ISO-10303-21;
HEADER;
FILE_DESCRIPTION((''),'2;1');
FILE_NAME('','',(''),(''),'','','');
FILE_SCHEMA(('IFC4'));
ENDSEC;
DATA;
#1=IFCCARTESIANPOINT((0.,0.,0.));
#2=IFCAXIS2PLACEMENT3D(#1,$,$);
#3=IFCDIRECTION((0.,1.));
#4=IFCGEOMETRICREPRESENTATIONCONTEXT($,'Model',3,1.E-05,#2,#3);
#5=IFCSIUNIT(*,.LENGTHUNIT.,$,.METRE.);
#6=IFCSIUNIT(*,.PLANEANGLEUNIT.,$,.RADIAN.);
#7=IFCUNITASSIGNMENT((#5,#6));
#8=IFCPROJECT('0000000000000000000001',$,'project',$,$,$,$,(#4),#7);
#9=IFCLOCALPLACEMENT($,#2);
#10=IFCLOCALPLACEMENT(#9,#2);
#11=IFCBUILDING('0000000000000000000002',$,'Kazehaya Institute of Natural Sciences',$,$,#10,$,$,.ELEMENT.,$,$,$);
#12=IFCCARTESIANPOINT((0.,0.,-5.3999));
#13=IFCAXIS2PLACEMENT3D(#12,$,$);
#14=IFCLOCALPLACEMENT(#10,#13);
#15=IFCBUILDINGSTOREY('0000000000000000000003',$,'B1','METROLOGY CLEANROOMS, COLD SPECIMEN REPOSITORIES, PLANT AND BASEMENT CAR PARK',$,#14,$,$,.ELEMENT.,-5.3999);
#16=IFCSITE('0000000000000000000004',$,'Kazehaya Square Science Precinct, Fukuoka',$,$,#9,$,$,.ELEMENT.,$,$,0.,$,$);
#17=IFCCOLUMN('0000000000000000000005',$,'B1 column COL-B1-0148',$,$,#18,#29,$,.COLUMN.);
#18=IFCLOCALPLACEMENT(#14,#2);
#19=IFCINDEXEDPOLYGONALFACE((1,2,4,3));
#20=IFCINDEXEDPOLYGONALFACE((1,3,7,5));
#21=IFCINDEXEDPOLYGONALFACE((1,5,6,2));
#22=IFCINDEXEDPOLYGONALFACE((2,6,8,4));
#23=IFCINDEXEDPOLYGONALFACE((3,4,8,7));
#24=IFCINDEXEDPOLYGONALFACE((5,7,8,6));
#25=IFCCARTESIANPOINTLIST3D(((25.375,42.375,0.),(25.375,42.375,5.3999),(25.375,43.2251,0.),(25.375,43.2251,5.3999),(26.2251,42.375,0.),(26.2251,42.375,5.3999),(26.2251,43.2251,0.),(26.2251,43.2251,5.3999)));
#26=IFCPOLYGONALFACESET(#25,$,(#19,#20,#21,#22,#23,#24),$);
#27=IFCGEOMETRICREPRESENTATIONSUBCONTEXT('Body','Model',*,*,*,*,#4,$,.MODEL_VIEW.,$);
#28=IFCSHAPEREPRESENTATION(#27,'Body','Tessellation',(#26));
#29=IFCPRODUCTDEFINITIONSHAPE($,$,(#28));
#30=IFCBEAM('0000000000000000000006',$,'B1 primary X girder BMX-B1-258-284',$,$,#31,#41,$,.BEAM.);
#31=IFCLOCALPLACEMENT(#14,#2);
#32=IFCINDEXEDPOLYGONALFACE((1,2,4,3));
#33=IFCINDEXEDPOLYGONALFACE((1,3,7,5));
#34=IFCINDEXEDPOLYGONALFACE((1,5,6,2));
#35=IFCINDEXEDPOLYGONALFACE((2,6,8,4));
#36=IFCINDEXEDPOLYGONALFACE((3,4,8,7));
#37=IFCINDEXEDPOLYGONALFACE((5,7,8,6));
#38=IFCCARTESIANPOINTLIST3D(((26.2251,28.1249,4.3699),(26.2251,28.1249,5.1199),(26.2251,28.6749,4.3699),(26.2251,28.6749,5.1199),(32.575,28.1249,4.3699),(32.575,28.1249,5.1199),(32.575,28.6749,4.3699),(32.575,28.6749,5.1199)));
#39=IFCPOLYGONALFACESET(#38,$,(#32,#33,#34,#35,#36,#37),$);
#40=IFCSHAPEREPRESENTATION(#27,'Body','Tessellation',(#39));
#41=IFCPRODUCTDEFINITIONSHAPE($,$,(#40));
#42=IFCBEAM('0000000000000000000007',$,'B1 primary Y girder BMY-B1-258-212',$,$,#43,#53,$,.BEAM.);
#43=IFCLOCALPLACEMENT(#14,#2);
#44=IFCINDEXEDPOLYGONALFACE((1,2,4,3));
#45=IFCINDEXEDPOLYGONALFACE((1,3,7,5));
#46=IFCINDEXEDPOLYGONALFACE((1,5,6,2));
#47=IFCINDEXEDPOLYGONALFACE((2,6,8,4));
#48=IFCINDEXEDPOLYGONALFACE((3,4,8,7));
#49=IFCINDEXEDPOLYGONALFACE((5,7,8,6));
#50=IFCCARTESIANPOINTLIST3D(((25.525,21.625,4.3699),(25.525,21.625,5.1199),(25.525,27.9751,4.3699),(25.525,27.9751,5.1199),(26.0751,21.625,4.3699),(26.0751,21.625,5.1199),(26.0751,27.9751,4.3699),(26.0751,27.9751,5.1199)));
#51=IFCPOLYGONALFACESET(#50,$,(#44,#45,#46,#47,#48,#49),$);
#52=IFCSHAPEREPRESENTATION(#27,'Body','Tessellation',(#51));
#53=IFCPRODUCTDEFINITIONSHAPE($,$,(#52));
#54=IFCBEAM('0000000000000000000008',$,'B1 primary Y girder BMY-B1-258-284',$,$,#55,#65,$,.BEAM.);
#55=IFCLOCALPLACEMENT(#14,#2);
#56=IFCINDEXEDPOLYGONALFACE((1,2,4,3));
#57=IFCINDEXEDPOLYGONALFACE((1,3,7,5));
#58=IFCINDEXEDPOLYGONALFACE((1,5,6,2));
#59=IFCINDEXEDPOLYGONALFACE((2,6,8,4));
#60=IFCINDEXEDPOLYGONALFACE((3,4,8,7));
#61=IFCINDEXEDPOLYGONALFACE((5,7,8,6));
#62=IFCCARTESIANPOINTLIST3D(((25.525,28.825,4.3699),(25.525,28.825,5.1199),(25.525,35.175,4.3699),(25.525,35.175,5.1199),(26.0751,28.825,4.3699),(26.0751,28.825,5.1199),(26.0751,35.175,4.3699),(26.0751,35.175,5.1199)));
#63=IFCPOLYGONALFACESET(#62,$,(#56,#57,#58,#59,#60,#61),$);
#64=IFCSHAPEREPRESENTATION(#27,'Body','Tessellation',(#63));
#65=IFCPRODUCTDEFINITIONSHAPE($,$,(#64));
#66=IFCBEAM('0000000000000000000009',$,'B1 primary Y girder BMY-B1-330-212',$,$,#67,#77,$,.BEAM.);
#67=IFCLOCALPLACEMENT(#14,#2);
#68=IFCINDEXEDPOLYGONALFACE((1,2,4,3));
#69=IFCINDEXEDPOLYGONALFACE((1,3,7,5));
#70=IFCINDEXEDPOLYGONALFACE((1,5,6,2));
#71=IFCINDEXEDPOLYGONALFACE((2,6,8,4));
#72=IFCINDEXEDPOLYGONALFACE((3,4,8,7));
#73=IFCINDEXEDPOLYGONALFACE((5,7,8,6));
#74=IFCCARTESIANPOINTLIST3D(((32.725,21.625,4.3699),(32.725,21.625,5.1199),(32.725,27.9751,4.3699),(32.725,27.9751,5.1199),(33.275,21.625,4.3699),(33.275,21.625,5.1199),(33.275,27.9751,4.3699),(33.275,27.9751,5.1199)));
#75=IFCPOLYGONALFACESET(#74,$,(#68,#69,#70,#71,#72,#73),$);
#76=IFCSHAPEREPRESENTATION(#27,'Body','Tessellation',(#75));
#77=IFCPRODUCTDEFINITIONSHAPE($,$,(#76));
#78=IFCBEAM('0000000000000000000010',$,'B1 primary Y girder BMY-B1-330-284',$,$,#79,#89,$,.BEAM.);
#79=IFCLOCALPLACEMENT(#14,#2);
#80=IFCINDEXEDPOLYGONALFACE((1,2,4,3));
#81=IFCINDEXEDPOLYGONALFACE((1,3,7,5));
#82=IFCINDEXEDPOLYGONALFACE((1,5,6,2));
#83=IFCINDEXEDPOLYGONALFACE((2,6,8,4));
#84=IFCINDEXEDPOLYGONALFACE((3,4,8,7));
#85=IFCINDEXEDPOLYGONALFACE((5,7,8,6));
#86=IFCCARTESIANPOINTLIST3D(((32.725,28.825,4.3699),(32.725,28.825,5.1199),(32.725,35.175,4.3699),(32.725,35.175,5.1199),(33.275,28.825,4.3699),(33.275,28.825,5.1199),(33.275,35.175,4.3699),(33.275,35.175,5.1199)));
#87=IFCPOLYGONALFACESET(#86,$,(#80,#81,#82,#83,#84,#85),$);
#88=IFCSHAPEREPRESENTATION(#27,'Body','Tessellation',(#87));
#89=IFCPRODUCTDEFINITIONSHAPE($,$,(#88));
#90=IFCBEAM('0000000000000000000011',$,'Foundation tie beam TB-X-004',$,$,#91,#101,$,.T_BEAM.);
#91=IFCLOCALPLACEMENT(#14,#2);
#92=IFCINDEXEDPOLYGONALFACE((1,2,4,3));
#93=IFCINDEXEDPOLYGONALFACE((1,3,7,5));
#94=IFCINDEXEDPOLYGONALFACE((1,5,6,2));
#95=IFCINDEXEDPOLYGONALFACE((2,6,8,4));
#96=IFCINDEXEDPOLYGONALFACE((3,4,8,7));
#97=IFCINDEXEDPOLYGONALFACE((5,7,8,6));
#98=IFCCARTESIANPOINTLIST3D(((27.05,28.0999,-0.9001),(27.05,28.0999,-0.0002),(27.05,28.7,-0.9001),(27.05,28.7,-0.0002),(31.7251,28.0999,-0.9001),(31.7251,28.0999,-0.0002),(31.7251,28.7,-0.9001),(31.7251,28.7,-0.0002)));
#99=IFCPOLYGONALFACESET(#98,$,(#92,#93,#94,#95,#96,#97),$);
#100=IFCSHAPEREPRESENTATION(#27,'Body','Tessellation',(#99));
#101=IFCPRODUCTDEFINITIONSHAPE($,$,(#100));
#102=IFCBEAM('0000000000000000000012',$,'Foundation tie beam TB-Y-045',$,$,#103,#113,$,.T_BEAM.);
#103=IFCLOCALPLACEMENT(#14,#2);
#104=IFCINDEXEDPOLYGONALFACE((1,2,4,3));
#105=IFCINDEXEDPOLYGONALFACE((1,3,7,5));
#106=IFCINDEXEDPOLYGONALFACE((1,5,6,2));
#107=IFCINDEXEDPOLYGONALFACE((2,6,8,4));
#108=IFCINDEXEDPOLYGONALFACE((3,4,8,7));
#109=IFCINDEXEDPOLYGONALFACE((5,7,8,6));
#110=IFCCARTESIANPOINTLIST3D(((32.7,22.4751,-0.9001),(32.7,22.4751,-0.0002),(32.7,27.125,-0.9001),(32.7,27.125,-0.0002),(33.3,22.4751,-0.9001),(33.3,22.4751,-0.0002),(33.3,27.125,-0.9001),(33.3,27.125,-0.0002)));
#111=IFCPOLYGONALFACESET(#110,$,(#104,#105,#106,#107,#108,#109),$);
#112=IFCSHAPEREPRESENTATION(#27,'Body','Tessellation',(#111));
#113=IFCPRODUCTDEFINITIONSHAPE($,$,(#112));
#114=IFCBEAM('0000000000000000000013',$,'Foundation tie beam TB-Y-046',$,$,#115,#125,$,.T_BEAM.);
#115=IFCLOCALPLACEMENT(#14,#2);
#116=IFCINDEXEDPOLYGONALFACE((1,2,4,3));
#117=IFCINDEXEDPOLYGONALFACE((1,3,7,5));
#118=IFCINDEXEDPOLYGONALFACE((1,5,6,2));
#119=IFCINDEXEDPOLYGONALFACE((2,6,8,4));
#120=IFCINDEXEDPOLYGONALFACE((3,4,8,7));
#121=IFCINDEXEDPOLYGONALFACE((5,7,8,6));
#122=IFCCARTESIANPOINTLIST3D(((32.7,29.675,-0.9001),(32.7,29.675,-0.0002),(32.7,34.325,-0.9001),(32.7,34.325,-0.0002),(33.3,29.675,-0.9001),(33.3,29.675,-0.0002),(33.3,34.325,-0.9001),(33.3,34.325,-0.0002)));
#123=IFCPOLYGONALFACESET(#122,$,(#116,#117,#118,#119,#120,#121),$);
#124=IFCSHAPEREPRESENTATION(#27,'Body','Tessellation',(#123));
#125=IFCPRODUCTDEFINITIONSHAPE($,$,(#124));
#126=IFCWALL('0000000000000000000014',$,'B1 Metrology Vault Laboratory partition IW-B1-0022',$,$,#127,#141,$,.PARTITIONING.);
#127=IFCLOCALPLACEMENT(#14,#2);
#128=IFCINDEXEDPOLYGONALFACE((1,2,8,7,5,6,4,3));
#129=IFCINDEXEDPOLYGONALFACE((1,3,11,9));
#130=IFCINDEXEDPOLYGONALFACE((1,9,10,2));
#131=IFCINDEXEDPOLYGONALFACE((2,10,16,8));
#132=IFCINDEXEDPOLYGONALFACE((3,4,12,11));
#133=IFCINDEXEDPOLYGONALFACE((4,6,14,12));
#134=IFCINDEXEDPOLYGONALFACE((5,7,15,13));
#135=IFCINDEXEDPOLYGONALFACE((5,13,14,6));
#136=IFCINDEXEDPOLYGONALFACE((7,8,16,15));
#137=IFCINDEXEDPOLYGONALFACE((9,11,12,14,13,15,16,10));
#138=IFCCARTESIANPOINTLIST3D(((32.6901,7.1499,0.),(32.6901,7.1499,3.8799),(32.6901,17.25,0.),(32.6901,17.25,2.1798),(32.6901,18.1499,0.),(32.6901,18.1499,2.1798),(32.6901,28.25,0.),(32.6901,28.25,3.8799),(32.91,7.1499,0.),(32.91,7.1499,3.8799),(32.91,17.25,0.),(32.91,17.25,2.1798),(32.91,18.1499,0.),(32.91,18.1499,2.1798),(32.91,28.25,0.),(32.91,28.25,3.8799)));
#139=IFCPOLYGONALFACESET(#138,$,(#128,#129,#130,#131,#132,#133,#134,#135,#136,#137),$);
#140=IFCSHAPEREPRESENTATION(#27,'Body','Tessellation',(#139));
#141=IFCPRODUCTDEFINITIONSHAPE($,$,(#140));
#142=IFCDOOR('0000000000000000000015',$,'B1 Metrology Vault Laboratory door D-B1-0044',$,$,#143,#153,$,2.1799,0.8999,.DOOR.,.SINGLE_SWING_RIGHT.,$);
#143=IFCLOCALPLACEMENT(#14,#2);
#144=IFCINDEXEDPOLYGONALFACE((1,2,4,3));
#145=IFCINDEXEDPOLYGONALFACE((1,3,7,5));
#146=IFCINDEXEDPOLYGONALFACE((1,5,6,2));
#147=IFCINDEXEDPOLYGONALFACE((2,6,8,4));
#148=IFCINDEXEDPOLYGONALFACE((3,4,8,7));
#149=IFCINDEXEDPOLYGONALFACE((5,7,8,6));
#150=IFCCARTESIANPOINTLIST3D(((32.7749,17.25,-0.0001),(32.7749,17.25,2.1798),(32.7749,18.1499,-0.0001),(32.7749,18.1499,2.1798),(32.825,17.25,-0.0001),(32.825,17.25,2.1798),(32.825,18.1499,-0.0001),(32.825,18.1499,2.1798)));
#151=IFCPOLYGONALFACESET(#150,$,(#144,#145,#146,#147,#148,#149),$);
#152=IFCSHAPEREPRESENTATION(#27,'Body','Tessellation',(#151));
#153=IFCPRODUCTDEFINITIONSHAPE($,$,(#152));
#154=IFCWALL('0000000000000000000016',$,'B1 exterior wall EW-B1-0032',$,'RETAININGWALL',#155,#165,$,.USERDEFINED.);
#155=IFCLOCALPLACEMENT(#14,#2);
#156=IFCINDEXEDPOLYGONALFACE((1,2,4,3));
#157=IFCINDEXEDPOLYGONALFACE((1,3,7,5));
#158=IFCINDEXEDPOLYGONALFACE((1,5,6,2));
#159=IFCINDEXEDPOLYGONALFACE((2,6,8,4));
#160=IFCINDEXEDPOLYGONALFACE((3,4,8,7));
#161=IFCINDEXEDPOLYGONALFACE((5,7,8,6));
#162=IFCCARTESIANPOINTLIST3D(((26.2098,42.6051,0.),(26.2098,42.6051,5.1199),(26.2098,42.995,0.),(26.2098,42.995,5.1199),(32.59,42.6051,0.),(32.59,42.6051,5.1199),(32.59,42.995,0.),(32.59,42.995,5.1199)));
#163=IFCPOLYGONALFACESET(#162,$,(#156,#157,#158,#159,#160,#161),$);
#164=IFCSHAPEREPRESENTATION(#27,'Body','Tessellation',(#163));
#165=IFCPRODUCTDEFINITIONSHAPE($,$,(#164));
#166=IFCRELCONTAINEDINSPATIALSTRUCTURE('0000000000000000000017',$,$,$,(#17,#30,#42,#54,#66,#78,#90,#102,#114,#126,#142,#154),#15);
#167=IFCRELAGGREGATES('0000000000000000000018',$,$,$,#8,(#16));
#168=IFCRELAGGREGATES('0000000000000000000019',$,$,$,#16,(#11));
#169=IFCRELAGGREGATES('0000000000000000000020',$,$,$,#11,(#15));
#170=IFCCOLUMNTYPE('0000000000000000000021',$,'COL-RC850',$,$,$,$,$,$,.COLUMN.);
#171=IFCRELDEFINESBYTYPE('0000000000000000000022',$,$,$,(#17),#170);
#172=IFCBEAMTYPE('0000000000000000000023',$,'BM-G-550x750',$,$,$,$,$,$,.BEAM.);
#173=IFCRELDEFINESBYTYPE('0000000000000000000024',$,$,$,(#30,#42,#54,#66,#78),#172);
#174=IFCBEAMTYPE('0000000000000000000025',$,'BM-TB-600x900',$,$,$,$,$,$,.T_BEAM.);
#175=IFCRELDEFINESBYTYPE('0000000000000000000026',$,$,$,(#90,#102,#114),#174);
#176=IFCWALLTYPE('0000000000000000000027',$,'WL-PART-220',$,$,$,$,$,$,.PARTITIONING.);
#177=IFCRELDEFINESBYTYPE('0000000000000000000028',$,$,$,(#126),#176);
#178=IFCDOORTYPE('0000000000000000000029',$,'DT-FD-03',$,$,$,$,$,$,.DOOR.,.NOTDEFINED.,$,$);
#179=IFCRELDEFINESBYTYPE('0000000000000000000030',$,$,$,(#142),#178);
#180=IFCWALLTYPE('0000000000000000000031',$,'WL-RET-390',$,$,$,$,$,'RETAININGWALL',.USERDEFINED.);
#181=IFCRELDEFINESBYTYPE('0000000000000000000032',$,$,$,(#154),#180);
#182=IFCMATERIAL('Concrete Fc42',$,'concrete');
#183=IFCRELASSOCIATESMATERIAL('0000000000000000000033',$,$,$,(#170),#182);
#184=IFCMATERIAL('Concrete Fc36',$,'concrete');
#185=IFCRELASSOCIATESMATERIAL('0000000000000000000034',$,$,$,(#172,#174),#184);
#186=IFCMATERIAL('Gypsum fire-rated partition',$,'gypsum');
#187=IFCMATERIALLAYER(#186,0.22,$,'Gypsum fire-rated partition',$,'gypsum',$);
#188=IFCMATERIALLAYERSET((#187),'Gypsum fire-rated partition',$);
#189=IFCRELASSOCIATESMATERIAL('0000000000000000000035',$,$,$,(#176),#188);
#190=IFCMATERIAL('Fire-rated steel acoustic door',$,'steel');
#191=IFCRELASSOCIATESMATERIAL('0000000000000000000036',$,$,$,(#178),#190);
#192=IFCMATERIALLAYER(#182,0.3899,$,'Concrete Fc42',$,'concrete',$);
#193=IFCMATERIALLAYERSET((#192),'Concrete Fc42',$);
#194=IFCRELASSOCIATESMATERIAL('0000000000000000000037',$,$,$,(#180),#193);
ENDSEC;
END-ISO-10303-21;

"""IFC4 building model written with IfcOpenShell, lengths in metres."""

from ifc_helpers import new_model, si_unit, direction, frame, frame_2d, origin, origin_2d, place, context, subcontext, project, spatial, rectangle, extrude, material, layer, layer_set, material_profile, profile_set, type_object, element, fill, save


model = new_model("IFC4")

# Units and contexts
model_context = context("Model", 3, precision=1e-05, world=origin(), true_north=direction((0.0, 1.0)))
body_context = subcontext(model_context, "Body", "Model", "MODEL_VIEW")
ifc_project = project(units=[si_unit("LENGTHUNIT", "METRE"), si_unit("PLANEANGLEUNIT", "RADIAN")], contexts=[model_context])

# Site, building, storey
site_placement = place(None, origin())
site = spatial("IfcSite", under=ifc_project, at=site_placement, Name="Kazehaya Square Science Precinct, Fukuoka", CompositionType="ELEMENT", RefElevation=0.0)
building_placement = place(site_placement, origin())
building = spatial("IfcBuilding", under=site, at=building_placement, Name="Kazehaya Institute of Natural Sciences", CompositionType="ELEMENT")
storey_placement = place(building_placement, frame((0.0, 0.0, -5.3999)))
storey = spatial("IfcBuildingStorey", under=building, at=storey_placement, Name="B1", Description="METROLOGY CLEANROOMS, COLD SPECIMEN REPOSITORIES, PLANT AND BASEMENT CAR PARK", CompositionType="ELEMENT", Elevation=-5.3999)

# Shared definitions
ifc_material_1 = material(Name="Concrete Fc36", Category="concrete")

# Column
ifc_material_2 = material(Name="Concrete Fc42", Category="concrete")
ifc_material_profile_1 = material_profile(ifc_material_2, rectangle(XDim=0.8501, YDim=0.8501, at=origin_2d()), Name="RC-850x850")
ifc_profile_set_1 = profile_set([ifc_material_profile_1], Name="Concrete Fc42")
column_type = type_object("IfcColumnType", Name="COL-RC850", PredefinedType="COLUMN", material=ifc_profile_set_1)
for number, where, z_axis, x_axis, name in (
    (1, (25.8, 42.8, 0.0), (0.0, 0.0, 1.0), (1.0, 0.0, 0.0), "B1 column COL-B1-0148"),
):
    element("IfcColumn", number, at=place(storey_placement, frame(where, z_axis=z_axis, x_axis=x_axis)), inside=storey, type_object=column_type, Name=name, PredefinedType="COLUMN", context=body_context, shape_type="SweptSolid", body=[
        extrude(rectangle(XDim=0.8501, YDim=0.8501, at=origin_2d()), origin(), (0.0, 0.0, 1.0), 5.3999),
    ])

# Beams
ifc_material_profile_2 = material_profile(ifc_material_1, rectangle(XDim=0.55, YDim=0.75, at=origin_2d()), Name="RC-550x750")
ifc_profile_set_2 = profile_set([ifc_material_profile_2], Name="Concrete Fc36")
beam_type_1 = type_object("IfcBeamType", Name="BM-G-550x750", PredefinedType="BEAM", material=ifc_profile_set_2)
beam_1_placement = place(storey_placement, frame((26.2251, 28.3999, 4.7449), z_axis=(1.0, 0.0, 0.0), x_axis=(0.0, 1.0, 0.0)))
element("IfcBeam", 2, at=beam_1_placement, inside=storey, type_object=beam_type_1, Name="B1 primary X girder BMX-B1-258-284", PredefinedType="BEAM", context=body_context, shape_type="SweptSolid", body=[
    extrude(rectangle(XDim=0.55, YDim=0.75, at=origin_2d()), origin(), (0.0, 0.0, 1.0), 6.3499),
])
for number, where, z_axis, x_axis, name in (
    (3, (25.8, 21.625, 4.7449), (0.0, 1.0, 0.0), (-1.0, 0.0, 0.0), "B1 primary Y girder BMY-B1-258-212"),
    (4, (25.8, 28.825, 4.7449), (0.0, 1.0, 0.0), (-1.0, 0.0, 0.0), "B1 primary Y girder BMY-B1-258-284"),
    (5, (33.0, 21.625, 4.7449), (0.0, 1.0, 0.0), (-1.0, 0.0, 0.0), "B1 primary Y girder BMY-B1-330-212"),
    (6, (33.0, 28.825, 4.7449), (0.0, 1.0, 0.0), (-1.0, 0.0, 0.0), "B1 primary Y girder BMY-B1-330-284"),
):
    element("IfcBeam", number, at=place(storey_placement, frame(where, z_axis=z_axis, x_axis=x_axis)), inside=storey, type_object=beam_type_1, Name=name, PredefinedType="BEAM", context=body_context, shape_type="SweptSolid", body=[
        extrude(rectangle(XDim=0.55, YDim=0.75, at=origin_2d()), origin(), (0.0, 0.0, 1.0), 6.3501),
    ])
ifc_material_profile_3 = material_profile(ifc_material_1, rectangle(XDim=0.6001, YDim=0.8999, at=origin_2d()), Name="RC-600x900")
ifc_profile_set_3 = profile_set([ifc_material_profile_3], Name="Concrete Fc36")
beam_type_2 = type_object("IfcBeamType", Name="BM-TB-600x900", PredefinedType="T_BEAM", material=ifc_profile_set_3)
beam_2_placement = place(storey_placement, frame((27.05, 28.3999, -0.4502), z_axis=(1.0, 0.0, 0.0), x_axis=(0.0, 1.0, 0.0)))
element("IfcBeam", 7, at=beam_2_placement, inside=storey, type_object=beam_type_2, Name="Foundation tie beam TB-X-004", PredefinedType="T_BEAM", context=body_context, shape_type="SweptSolid", body=[
    extrude(rectangle(XDim=0.6001, YDim=0.8999, at=origin_2d()), origin(), (0.0, 0.0, 1.0), 4.675),
])
for number, where, z_axis, x_axis, name in (
    (8, (33.0, 22.4751, -0.4502), (0.0, 1.0, 0.0), (-1.0, 0.0, 0.0), "Foundation tie beam TB-Y-045"),
    (9, (33.0, 29.675, -0.4502), (0.0, 1.0, 0.0), (-1.0, 0.0, 0.0), "Foundation tie beam TB-Y-046"),
):
    element("IfcBeam", number, at=place(storey_placement, frame(where, z_axis=z_axis, x_axis=x_axis)), inside=storey, type_object=beam_type_2, Name=name, PredefinedType="T_BEAM", context=body_context, shape_type="SweptSolid", body=[
        extrude(rectangle(XDim=0.6001, YDim=0.8999, at=origin_2d()), origin(), (0.0, 0.0, 1.0), 4.6499),
    ])

# Wall, opening, door
ifc_material_3 = material(Name="Gypsum fire-rated partition", Category="gypsum")
ifc_layer_1 = layer(ifc_material_3, 0.22, Name="Gypsum fire-rated partition", Category="gypsum")
ifc_layer_set_1 = layer_set([ifc_layer_1], Name="Gypsum fire-rated partition")
wall_type_1 = type_object("IfcWallType", Name="WL-PART-220", PredefinedType="PARTITIONING", material=ifc_layer_set_1)
wall_1_placement = place(storey_placement, frame((32.8, 28.25, 0.0), z_axis=(0.0, 0.0, 1.0), x_axis=(0.0, -1.0, 0.0)))
wall_1 = element("IfcWall", 10, at=wall_1_placement, inside=storey, type_object=wall_type_1, Name="B1 Metrology Vault Laboratory partition IW-B1-0022", PredefinedType="PARTITIONING", context=body_context, shape_type="SweptSolid", body=[
    extrude(rectangle(XDim=21.1001, YDim=0.22, at=frame_2d((10.55, 0.0))), origin(), (0.0, 0.0, 1.0), 3.8799),
])
opening_placement = place(wall_1_placement, frame((10.1001, 0.0, 0.0)))
opening = element("IfcOpeningElement", 11, at=opening_placement, cuts=wall_1, PredefinedType="OPENING", context=body_context, shape_type="SweptSolid", body=[
    extrude(rectangle(XDim=0.8999, YDim=2.1799, at=frame_2d((0.45, 1.0898))), frame((0.0, 0.1199, 0.0), z_axis=(0.0, -1.0, 0.0), x_axis=(1.0, 0.0, 0.0)), (0.0, 0.0, 1.0), 0.24),
])
ifc_material_4 = material(Name="Fire-rated steel acoustic door", Category="steel")
door_type = type_object("IfcDoorType", Name="DT-FD-03", OperationType="NOTDEFINED", PredefinedType="DOOR", material=ifc_material_4)
door_placement = place(opening_placement, origin())
door = element("IfcDoor", 12, at=door_placement, inside=storey, type_object=door_type, Name="B1 Metrology Vault Laboratory door D-B1-0044", OperationType="SINGLE_SWING_RIGHT", OverallHeight=2.1799, OverallWidth=0.8999, PredefinedType="DOOR", context=body_context, shape_type="SweptSolid", body=[
    extrude(rectangle(XDim=0.8999, YDim=2.1799, at=frame_2d((0.45, 1.0898))), frame((0.0, 0.0249, 0.0), z_axis=(0.0, -1.0, 0.0), x_axis=(1.0, 0.0, 0.0)), (0.0, 0.0, 1.0), 0.05),
])
fill(opening, door)

# Wall
ifc_layer_2 = layer(ifc_material_2, 0.3899, Name="Concrete Fc42", Category="concrete")
ifc_layer_set_2 = layer_set([ifc_layer_2], Name="Concrete Fc42")
wall_type_2 = type_object("IfcWallType", Name="WL-RET-390", ElementType="RETAININGWALL", PredefinedType="USERDEFINED", material=ifc_layer_set_2)
wall_2_placement = place(storey_placement, frame((26.21, 42.8, 0.0), z_axis=(0.0, 0.0, 1.0), x_axis=(1.0, 0.0, 0.0)))
element("IfcWall", 13, at=wall_2_placement, inside=storey, type_object=wall_type_2, Name="B1 exterior wall EW-B1-0032", ObjectType="RETAININGWALL", PredefinedType="USERDEFINED", context=body_context, shape_type="SweptSolid", body=[
    extrude(rectangle(XDim=6.3801, YDim=0.3899, at=frame_2d((3.1899, 0.0))), origin(), (0.0, 0.0, 1.0), 5.1199),
])

save(model, "model.ifc")
